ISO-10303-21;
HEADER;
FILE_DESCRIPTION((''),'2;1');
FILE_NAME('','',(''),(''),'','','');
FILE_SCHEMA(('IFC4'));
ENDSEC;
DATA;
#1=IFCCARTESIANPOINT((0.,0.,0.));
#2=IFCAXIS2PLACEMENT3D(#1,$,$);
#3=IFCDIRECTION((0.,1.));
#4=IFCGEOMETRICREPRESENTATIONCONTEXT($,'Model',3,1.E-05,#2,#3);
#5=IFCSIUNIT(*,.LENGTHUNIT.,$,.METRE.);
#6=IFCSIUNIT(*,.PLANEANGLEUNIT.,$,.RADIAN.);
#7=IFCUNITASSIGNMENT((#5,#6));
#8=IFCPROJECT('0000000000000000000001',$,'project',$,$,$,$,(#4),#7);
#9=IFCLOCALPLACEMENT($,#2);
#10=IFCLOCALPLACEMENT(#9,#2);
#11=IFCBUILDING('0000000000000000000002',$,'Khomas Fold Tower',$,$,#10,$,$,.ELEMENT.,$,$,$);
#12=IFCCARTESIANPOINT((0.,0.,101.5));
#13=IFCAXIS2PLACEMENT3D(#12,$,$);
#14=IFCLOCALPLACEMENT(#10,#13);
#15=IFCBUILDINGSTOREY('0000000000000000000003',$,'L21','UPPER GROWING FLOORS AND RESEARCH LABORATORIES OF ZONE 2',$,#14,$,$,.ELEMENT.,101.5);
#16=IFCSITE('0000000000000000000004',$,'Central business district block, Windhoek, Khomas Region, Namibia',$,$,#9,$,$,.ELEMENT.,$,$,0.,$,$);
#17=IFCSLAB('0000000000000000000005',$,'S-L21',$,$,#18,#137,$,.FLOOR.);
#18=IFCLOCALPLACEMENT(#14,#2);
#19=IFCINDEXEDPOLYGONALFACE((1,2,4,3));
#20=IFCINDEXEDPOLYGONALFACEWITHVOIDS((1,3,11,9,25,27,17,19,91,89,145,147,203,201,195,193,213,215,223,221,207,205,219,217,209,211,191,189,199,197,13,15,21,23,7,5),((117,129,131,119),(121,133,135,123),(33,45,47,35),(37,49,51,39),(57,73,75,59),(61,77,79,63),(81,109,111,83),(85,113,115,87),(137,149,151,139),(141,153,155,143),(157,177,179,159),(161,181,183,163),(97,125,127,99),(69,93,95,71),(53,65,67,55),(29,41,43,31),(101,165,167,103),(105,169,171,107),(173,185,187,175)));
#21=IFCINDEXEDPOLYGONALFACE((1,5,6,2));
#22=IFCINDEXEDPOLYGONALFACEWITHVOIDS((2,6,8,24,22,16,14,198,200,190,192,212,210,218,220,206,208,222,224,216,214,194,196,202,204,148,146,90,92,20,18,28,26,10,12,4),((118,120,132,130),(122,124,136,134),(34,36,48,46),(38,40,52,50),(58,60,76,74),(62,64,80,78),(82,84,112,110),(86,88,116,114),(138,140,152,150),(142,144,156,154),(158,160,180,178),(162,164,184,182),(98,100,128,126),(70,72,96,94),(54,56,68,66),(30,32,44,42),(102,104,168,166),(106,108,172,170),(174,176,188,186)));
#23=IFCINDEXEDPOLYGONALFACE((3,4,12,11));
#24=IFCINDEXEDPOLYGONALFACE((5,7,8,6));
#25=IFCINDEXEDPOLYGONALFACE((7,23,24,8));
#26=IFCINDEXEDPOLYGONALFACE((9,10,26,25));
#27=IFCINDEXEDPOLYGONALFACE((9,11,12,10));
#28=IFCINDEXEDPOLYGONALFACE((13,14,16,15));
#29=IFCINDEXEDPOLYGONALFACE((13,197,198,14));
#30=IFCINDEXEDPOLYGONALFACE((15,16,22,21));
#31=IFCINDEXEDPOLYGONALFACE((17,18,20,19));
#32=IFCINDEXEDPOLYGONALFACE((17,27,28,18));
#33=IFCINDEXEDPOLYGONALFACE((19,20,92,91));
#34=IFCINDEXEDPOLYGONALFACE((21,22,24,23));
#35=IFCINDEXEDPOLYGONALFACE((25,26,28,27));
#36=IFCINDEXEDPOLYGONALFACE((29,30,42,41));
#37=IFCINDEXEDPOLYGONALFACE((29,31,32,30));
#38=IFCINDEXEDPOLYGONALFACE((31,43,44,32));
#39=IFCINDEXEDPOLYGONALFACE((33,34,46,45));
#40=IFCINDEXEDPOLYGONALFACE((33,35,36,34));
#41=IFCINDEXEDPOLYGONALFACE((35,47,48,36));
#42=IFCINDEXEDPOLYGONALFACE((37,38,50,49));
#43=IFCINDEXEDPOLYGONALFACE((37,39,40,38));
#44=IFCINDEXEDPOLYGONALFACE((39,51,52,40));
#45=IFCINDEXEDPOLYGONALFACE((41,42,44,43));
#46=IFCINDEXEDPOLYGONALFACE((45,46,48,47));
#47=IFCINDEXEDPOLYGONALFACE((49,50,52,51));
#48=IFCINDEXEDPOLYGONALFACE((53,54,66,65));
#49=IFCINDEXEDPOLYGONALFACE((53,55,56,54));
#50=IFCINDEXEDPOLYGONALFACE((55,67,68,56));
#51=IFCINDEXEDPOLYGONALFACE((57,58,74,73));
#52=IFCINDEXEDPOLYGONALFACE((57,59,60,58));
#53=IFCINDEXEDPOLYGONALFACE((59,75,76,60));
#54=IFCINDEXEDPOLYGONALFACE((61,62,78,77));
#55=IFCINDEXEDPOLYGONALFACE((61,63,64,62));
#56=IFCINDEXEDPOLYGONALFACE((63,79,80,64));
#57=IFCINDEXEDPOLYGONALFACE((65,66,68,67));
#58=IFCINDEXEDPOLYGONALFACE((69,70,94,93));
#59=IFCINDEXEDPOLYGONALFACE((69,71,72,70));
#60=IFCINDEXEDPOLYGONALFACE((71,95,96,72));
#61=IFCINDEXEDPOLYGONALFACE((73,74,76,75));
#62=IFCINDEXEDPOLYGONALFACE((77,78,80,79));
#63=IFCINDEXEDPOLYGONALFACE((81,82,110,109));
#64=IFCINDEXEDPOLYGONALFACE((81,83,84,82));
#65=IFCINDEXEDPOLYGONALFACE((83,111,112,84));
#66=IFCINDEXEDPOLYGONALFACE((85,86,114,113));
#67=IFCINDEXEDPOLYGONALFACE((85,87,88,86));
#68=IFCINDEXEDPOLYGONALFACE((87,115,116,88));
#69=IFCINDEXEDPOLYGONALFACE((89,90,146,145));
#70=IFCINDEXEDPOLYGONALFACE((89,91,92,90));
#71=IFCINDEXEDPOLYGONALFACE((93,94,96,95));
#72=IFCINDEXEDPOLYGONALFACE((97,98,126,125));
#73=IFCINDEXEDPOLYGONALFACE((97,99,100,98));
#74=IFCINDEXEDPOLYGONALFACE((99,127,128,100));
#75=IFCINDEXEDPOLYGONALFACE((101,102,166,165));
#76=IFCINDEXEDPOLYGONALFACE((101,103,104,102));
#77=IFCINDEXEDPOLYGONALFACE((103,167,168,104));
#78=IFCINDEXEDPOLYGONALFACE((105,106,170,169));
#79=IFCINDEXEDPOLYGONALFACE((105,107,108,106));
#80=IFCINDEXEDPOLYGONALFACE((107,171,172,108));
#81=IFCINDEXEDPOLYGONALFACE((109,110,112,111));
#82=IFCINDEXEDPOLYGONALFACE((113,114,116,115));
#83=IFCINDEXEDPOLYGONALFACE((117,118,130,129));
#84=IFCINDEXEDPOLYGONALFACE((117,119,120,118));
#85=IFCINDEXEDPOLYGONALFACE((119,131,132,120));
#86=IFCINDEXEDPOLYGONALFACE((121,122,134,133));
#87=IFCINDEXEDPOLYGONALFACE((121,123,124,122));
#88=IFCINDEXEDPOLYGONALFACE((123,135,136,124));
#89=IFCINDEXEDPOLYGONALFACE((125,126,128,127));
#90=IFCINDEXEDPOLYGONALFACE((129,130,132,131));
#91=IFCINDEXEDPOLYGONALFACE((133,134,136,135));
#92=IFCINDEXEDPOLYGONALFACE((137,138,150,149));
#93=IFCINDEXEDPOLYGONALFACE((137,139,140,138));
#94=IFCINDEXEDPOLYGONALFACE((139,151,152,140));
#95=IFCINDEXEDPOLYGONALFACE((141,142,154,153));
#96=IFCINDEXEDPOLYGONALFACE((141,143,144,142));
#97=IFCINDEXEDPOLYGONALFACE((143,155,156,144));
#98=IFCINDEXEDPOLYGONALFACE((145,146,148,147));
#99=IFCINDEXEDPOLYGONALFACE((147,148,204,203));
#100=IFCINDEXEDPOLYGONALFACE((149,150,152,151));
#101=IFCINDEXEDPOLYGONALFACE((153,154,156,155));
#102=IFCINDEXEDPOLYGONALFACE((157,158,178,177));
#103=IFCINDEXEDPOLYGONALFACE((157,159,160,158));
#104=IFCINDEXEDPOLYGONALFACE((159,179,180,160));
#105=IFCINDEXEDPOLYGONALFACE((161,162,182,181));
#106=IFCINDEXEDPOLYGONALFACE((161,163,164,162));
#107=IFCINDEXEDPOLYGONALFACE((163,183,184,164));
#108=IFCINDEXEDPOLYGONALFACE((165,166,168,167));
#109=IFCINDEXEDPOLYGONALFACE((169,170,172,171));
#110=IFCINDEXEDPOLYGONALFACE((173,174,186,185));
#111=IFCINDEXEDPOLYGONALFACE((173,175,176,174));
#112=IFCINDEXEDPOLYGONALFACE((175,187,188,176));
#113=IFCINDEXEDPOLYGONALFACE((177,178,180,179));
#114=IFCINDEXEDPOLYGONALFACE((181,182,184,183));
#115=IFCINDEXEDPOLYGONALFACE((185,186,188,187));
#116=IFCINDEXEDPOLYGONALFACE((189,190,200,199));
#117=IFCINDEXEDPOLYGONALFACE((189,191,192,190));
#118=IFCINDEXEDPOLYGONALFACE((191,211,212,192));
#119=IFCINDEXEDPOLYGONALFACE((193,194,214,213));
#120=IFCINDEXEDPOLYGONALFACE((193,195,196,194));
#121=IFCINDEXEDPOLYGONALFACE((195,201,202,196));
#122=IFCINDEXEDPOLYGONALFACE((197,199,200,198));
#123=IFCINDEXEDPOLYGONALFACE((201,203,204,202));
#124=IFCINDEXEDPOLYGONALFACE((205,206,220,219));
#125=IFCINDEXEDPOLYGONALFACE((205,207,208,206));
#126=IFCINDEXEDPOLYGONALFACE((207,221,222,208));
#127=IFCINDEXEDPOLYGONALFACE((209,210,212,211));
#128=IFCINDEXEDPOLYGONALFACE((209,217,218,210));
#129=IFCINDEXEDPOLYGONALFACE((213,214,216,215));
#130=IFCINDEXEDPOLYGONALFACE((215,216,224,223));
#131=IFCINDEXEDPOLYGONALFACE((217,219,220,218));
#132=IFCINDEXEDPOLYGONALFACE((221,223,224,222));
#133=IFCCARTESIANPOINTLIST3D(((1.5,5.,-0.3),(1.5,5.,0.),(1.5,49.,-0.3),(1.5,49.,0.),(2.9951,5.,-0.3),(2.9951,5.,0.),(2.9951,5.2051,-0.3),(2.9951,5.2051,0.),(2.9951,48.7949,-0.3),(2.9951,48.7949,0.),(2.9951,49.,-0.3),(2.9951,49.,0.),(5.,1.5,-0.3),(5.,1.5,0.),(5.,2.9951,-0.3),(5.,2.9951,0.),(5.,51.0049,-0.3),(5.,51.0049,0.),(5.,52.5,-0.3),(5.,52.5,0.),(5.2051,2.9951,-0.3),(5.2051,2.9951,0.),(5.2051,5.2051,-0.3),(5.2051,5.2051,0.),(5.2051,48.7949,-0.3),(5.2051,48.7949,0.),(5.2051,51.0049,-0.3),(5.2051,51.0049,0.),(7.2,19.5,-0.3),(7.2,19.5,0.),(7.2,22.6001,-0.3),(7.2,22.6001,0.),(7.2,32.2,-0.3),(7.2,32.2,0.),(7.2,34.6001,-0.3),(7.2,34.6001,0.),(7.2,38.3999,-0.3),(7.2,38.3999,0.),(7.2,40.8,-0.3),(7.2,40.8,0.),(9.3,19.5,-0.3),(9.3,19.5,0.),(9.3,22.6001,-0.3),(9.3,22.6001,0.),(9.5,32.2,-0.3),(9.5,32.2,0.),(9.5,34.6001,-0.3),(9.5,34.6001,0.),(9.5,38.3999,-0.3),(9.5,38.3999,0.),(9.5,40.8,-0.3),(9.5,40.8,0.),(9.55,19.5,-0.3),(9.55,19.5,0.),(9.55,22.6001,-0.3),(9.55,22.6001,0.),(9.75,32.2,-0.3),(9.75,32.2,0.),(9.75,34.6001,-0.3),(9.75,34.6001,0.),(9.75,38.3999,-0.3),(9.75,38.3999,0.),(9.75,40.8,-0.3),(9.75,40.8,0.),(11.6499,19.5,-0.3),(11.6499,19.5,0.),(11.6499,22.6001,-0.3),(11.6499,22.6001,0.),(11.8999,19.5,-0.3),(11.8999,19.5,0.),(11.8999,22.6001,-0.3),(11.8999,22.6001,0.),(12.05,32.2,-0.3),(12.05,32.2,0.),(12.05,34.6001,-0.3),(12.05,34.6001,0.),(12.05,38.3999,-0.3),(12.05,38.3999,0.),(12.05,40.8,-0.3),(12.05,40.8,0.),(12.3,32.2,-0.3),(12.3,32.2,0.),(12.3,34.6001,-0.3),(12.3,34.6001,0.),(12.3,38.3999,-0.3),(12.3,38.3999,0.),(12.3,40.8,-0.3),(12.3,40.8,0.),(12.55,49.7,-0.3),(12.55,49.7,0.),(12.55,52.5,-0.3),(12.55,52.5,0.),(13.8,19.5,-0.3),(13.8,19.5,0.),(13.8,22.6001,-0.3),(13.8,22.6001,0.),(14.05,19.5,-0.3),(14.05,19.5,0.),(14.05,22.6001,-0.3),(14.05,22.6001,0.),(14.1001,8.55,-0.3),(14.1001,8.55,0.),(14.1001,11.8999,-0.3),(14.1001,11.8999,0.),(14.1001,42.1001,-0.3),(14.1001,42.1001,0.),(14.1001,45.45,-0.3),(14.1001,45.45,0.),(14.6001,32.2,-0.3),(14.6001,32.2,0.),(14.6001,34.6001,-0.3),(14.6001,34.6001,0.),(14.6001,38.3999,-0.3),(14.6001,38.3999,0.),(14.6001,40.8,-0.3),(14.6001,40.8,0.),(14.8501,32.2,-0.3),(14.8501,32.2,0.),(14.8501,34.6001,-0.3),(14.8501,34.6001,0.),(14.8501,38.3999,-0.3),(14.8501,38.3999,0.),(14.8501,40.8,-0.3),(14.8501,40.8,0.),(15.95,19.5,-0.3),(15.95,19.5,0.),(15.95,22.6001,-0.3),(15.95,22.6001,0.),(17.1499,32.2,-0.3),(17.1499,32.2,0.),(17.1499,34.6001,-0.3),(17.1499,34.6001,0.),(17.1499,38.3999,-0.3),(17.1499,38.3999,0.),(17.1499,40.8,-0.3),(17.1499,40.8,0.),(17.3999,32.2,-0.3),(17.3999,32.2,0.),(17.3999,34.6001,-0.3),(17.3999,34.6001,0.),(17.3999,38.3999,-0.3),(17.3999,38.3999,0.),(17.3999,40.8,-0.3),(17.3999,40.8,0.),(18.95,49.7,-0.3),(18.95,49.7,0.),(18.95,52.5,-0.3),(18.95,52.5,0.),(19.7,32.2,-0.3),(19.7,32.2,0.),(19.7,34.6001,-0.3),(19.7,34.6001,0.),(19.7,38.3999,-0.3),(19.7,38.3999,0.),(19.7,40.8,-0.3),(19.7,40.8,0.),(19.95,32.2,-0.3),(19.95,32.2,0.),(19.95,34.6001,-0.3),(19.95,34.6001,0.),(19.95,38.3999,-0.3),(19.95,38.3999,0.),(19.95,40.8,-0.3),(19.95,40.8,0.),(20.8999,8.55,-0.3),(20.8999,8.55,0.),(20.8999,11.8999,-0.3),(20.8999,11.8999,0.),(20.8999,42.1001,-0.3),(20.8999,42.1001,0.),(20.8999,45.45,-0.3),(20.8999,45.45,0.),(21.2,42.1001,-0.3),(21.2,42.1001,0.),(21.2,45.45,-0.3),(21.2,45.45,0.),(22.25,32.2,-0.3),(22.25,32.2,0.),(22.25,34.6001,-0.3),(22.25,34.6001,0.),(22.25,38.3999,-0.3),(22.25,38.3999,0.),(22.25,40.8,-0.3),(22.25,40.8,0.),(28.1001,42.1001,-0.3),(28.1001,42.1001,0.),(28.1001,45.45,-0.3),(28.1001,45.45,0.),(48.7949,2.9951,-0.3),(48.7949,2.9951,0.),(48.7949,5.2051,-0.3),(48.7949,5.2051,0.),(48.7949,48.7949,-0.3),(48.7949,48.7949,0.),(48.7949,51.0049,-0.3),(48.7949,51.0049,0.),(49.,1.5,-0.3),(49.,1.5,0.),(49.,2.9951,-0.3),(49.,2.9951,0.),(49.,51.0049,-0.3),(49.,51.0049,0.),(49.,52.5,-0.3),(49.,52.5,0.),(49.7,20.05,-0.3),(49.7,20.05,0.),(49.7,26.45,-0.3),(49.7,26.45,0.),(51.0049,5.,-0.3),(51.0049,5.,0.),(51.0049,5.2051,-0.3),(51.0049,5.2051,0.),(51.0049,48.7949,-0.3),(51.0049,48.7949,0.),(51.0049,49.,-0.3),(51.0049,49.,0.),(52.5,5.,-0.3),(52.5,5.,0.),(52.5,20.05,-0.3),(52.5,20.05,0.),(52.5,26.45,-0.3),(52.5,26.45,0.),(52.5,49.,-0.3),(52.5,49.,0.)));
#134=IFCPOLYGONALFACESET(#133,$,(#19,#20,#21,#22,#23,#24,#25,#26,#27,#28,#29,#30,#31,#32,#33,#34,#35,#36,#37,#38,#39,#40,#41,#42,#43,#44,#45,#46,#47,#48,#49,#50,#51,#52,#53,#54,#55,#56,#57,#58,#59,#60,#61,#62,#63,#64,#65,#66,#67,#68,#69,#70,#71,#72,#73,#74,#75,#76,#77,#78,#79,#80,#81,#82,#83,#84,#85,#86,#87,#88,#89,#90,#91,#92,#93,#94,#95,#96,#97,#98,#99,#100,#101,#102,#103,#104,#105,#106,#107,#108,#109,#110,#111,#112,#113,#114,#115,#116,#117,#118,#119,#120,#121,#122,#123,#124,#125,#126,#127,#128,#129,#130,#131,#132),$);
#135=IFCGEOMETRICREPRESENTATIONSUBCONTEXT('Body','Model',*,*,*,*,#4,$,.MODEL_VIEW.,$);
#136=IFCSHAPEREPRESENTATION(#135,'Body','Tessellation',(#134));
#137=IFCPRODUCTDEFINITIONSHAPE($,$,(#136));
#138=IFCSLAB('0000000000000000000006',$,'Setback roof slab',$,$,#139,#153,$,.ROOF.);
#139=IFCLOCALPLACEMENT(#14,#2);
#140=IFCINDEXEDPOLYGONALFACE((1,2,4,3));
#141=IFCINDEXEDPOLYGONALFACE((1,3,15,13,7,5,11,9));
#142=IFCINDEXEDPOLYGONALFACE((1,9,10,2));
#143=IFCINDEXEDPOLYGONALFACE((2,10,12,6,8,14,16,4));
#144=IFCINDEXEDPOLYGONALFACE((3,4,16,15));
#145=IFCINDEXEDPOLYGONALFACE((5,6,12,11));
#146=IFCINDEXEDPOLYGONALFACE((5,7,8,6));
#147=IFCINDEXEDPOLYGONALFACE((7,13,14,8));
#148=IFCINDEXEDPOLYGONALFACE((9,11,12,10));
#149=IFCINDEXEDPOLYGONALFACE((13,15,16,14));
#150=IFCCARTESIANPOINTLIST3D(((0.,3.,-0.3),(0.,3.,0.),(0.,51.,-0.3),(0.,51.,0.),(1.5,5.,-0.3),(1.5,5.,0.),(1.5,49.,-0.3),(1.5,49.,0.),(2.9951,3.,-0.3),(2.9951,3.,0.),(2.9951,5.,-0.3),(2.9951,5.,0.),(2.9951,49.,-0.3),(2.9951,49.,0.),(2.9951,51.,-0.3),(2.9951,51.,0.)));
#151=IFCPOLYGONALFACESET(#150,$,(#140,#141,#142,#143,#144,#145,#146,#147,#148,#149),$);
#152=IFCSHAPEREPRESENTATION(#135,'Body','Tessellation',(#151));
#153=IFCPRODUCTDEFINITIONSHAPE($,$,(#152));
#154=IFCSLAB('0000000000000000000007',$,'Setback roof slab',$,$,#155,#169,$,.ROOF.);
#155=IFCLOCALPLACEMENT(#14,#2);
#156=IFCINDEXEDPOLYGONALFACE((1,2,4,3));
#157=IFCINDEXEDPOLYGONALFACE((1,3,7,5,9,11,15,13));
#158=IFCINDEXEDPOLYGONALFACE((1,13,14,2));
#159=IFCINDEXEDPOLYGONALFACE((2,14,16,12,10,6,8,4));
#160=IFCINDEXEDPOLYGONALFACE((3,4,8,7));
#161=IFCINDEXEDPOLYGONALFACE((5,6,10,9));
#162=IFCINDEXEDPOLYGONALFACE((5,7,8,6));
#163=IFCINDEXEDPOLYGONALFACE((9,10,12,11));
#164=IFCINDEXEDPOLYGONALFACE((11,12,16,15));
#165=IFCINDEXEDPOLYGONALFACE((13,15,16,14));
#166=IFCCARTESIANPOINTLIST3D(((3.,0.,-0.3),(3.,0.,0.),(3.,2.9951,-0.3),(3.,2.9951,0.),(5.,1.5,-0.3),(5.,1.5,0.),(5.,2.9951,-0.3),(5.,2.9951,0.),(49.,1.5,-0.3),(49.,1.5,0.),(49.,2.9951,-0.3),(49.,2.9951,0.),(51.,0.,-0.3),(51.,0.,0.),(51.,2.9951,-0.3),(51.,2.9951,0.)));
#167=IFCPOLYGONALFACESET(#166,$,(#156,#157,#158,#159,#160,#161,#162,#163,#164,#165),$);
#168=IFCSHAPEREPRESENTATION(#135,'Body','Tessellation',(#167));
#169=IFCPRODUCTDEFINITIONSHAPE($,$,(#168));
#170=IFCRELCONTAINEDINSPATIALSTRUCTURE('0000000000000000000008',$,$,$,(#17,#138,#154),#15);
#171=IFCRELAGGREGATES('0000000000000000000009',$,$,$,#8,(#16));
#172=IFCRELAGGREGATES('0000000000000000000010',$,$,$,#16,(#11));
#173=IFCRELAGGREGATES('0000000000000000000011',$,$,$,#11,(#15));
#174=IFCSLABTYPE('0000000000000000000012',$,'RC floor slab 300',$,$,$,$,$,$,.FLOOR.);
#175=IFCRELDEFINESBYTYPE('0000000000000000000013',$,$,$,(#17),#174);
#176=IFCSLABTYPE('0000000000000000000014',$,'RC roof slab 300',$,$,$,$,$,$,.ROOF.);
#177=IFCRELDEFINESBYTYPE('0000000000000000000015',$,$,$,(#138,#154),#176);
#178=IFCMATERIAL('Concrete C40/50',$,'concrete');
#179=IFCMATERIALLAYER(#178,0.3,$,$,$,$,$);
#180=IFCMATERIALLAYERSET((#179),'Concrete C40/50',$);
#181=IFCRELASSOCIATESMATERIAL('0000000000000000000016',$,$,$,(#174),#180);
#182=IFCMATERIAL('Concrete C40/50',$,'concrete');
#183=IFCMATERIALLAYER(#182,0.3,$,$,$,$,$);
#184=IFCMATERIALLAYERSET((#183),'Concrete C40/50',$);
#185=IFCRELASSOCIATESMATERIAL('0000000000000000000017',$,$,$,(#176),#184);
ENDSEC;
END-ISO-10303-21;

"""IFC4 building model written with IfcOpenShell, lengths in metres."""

from ifc_helpers import new_model, si_unit, direction, frame, origin, place, context, subcontext, project, spatial, polyline, outline, extrude, source, transform, mapped, material, layer, layer_set, type_object, element, save


model = new_model("IFC4")

# Units and contexts
model_context = context("Model", 3, precision=1e-05, world=origin(), true_north=direction((0.0, 1.0)))
body_context = subcontext(model_context, "Body", "Model", "MODEL_VIEW")
ifc_project = project(units=[si_unit("LENGTHUNIT", "METRE"), si_unit("PLANEANGLEUNIT", "RADIAN")], contexts=[model_context])

# Site, building, storey
site_placement = place(None, origin())
site = spatial("IfcSite", under=ifc_project, at=site_placement, Name="Central business district block, Windhoek, Khomas Region, Namibia", CompositionType="ELEMENT", RefElevation=0.0)
building_placement = place(site_placement, origin())
building = spatial("IfcBuilding", under=site, at=building_placement, Name="Khomas Fold Tower", CompositionType="ELEMENT")
storey_placement = place(building_placement, frame((0.0, 0.0, 101.5)))
storey = spatial("IfcBuildingStorey", under=building, at=storey_placement, Name="L21", Description="UPPER GROWING FLOORS AND RESEARCH LABORATORIES OF ZONE 2", CompositionType="ELEMENT", Elevation=101.5)

# Slabs
ifc_material_1 = material(Name="Concrete C40/50", Category="concrete")
ifc_layer_1 = layer(ifc_material_1, 0.3)
ifc_layer_set_1 = layer_set([ifc_layer_1], Name="Concrete C40/50")
slab_type_1 = type_object("IfcSlabType", Name="RC floor slab 300", PredefinedType="FLOOR", material=ifc_layer_set_1)
shared_shape_1 = source(origin(), body_context, "Body", "SweptSolid", [
    extrude(outline(polyline([(1.5, 5.0), (2.9951, 5.0), (2.9951, 5.2051), (5.2051, 5.2051), (5.2051, 2.9951), (5.0, 2.9951), (5.0, 1.5), (49.0, 1.5), (49.0, 2.9951), (48.7949, 2.9951), (48.7949, 5.2051), (51.0049, 5.2051), (51.0049, 5.0), (52.5, 5.0), (52.5, 20.05), (49.7, 20.05), (49.7, 26.45), (52.5, 26.45), (52.5, 49.0), (51.0049, 49.0), (51.0049, 48.7949), (48.7949, 48.7949), (48.7949, 51.0049), (49.0, 51.0049), (49.0, 52.5), (18.95, 52.5), (18.95, 49.7), (12.55, 49.7), (12.55, 52.5), (5.0, 52.5), (5.0, 51.0049), (5.2051, 51.0049), (5.2051, 48.7949), (2.9951, 48.7949), (2.9951, 49.0), (1.5, 49.0), (1.5, 5.0)]), holes=[polyline([(7.2, 19.5), (7.2, 22.6001), (9.3, 22.6001), (9.3, 19.5), (7.2, 19.5)]), polyline([(7.2, 32.2), (7.2, 34.6001), (9.5, 34.6001), (9.5, 32.2), (7.2, 32.2)]), polyline([(7.2, 38.3999), (7.2, 40.8), (9.5, 40.8), (9.5, 38.3999), (7.2, 38.3999)]), polyline([(9.55, 19.5), (9.55, 22.6001), (11.6499, 22.6001), (11.6499, 19.5), (9.55, 19.5)]), polyline([(9.75, 32.2), (9.75, 34.6001), (12.05, 34.6001), (12.05, 32.2), (9.75, 32.2)]), polyline([(9.75, 38.3999), (9.75, 40.8), (12.05, 40.8), (12.05, 38.3999), (9.75, 38.3999)]), polyline([(11.8999, 19.5), (11.8999, 22.6001), (13.8, 22.6001), (13.8, 19.5), (11.8999, 19.5)]), polyline([(12.3, 32.2), (12.3, 34.6001), (14.6001, 34.6001), (14.6001, 32.2), (12.3, 32.2)]), polyline([(12.3, 38.3999), (12.3, 40.8), (14.6001, 40.8), (14.6001, 38.3999), (12.3, 38.3999)]), polyline([(14.05, 19.5), (14.05, 22.6001), (15.95, 22.6001), (15.95, 19.5), (14.05, 19.5)]), polyline([(14.1001, 8.55), (14.1001, 11.8999), (20.8999, 11.8999), (20.8999, 8.55), (14.1001, 8.55)]), polyline([(14.1001, 42.1001), (14.1001, 45.45), (20.8999, 45.45), (20.8999, 42.1001), (14.1001, 42.1001)]), polyline([(14.8501, 32.2), (14.8501, 34.6001), (17.1499, 34.6001), (17.1499, 32.2), (14.8501, 32.2)]), polyline([(14.8501, 38.3999), (14.8501, 40.8), (17.1499, 40.8), (17.1499, 38.3999), (14.8501, 38.3999)]), polyline([(17.3999, 32.2), (17.3999, 34.6001), (19.7, 34.6001), (19.7, 32.2), (17.3999, 32.2)]), polyline([(17.3999, 38.3999), (17.3999, 40.8), (19.7, 40.8), (19.7, 38.3999), (17.3999, 38.3999)]), polyline([(19.95, 32.2), (19.95, 34.6001), (22.25, 34.6001), (22.25, 32.2), (19.95, 32.2)]), polyline([(19.95, 38.3999), (19.95, 40.8), (22.25, 40.8), (22.25, 38.3999), (19.95, 38.3999)]), polyline([(21.2, 42.1001), (21.2, 45.45), (28.1001, 45.45), (28.1001, 42.1001), (21.2, 42.1001)])]), origin(), (0.0, 0.0, 1.0), 0.3),
])
slab_1_placement = place(storey_placement, frame((0.0, 0.0, -0.3)))
element("IfcSlab", 1, at=slab_1_placement, inside=storey, type_object=slab_type_1, Name="S-L21", PredefinedType="FLOOR", context=body_context, shape_type="MappedRepresentation", body=[
    mapped(shared_shape_1, transform((0.0, 0.0, 0.0))),
])
ifc_material_2 = material(Name="Concrete C40/50", Category="concrete")
ifc_layer_2 = layer(ifc_material_2, 0.3)
ifc_layer_set_2 = layer_set([ifc_layer_2], Name="Concrete C40/50")
slab_type_2 = type_object("IfcSlabType", Name="RC roof slab 300", PredefinedType="ROOF", material=ifc_layer_set_2)
shared_shape_2 = source(origin(), body_context, "Body", "SweptSolid", [
    extrude(outline(polyline([(0.0, 3.0), (2.9951, 3.0), (2.9951, 5.0), (1.5, 5.0), (1.5, 49.0), (2.9951, 49.0), (2.9951, 51.0), (0.0, 51.0), (0.0, 3.0)])), origin(), (0.0, 0.0, 1.0), 0.3),
])
slab_2_placement = place(storey_placement, frame((0.0, 0.0, -0.3)))
element("IfcSlab", 2, at=slab_2_placement, inside=storey, type_object=slab_type_2, Name="Setback roof slab", PredefinedType="ROOF", context=body_context, shape_type="MappedRepresentation", body=[
    mapped(shared_shape_2, transform((0.0, 0.0, 0.0))),
])
shared_shape_3 = source(origin(), body_context, "Body", "SweptSolid", [
    extrude(outline(polyline([(3.0, 0.0), (51.0, 0.0), (51.0, 2.9951), (49.0, 2.9951), (49.0, 1.5), (5.0, 1.5), (5.0, 2.9951), (3.0, 2.9951), (3.0, 0.0)])), origin(), (0.0, 0.0, 1.0), 0.3),
])
slab_3_placement = place(storey_placement, frame((0.0, 0.0, -0.3)))
element("IfcSlab", 3, at=slab_3_placement, inside=storey, type_object=slab_type_2, Name="Setback roof slab", PredefinedType="ROOF", context=body_context, shape_type="MappedRepresentation", body=[
    mapped(shared_shape_3, transform((0.0, 0.0, 0.0))),
])

save(model, "model.ifc")
